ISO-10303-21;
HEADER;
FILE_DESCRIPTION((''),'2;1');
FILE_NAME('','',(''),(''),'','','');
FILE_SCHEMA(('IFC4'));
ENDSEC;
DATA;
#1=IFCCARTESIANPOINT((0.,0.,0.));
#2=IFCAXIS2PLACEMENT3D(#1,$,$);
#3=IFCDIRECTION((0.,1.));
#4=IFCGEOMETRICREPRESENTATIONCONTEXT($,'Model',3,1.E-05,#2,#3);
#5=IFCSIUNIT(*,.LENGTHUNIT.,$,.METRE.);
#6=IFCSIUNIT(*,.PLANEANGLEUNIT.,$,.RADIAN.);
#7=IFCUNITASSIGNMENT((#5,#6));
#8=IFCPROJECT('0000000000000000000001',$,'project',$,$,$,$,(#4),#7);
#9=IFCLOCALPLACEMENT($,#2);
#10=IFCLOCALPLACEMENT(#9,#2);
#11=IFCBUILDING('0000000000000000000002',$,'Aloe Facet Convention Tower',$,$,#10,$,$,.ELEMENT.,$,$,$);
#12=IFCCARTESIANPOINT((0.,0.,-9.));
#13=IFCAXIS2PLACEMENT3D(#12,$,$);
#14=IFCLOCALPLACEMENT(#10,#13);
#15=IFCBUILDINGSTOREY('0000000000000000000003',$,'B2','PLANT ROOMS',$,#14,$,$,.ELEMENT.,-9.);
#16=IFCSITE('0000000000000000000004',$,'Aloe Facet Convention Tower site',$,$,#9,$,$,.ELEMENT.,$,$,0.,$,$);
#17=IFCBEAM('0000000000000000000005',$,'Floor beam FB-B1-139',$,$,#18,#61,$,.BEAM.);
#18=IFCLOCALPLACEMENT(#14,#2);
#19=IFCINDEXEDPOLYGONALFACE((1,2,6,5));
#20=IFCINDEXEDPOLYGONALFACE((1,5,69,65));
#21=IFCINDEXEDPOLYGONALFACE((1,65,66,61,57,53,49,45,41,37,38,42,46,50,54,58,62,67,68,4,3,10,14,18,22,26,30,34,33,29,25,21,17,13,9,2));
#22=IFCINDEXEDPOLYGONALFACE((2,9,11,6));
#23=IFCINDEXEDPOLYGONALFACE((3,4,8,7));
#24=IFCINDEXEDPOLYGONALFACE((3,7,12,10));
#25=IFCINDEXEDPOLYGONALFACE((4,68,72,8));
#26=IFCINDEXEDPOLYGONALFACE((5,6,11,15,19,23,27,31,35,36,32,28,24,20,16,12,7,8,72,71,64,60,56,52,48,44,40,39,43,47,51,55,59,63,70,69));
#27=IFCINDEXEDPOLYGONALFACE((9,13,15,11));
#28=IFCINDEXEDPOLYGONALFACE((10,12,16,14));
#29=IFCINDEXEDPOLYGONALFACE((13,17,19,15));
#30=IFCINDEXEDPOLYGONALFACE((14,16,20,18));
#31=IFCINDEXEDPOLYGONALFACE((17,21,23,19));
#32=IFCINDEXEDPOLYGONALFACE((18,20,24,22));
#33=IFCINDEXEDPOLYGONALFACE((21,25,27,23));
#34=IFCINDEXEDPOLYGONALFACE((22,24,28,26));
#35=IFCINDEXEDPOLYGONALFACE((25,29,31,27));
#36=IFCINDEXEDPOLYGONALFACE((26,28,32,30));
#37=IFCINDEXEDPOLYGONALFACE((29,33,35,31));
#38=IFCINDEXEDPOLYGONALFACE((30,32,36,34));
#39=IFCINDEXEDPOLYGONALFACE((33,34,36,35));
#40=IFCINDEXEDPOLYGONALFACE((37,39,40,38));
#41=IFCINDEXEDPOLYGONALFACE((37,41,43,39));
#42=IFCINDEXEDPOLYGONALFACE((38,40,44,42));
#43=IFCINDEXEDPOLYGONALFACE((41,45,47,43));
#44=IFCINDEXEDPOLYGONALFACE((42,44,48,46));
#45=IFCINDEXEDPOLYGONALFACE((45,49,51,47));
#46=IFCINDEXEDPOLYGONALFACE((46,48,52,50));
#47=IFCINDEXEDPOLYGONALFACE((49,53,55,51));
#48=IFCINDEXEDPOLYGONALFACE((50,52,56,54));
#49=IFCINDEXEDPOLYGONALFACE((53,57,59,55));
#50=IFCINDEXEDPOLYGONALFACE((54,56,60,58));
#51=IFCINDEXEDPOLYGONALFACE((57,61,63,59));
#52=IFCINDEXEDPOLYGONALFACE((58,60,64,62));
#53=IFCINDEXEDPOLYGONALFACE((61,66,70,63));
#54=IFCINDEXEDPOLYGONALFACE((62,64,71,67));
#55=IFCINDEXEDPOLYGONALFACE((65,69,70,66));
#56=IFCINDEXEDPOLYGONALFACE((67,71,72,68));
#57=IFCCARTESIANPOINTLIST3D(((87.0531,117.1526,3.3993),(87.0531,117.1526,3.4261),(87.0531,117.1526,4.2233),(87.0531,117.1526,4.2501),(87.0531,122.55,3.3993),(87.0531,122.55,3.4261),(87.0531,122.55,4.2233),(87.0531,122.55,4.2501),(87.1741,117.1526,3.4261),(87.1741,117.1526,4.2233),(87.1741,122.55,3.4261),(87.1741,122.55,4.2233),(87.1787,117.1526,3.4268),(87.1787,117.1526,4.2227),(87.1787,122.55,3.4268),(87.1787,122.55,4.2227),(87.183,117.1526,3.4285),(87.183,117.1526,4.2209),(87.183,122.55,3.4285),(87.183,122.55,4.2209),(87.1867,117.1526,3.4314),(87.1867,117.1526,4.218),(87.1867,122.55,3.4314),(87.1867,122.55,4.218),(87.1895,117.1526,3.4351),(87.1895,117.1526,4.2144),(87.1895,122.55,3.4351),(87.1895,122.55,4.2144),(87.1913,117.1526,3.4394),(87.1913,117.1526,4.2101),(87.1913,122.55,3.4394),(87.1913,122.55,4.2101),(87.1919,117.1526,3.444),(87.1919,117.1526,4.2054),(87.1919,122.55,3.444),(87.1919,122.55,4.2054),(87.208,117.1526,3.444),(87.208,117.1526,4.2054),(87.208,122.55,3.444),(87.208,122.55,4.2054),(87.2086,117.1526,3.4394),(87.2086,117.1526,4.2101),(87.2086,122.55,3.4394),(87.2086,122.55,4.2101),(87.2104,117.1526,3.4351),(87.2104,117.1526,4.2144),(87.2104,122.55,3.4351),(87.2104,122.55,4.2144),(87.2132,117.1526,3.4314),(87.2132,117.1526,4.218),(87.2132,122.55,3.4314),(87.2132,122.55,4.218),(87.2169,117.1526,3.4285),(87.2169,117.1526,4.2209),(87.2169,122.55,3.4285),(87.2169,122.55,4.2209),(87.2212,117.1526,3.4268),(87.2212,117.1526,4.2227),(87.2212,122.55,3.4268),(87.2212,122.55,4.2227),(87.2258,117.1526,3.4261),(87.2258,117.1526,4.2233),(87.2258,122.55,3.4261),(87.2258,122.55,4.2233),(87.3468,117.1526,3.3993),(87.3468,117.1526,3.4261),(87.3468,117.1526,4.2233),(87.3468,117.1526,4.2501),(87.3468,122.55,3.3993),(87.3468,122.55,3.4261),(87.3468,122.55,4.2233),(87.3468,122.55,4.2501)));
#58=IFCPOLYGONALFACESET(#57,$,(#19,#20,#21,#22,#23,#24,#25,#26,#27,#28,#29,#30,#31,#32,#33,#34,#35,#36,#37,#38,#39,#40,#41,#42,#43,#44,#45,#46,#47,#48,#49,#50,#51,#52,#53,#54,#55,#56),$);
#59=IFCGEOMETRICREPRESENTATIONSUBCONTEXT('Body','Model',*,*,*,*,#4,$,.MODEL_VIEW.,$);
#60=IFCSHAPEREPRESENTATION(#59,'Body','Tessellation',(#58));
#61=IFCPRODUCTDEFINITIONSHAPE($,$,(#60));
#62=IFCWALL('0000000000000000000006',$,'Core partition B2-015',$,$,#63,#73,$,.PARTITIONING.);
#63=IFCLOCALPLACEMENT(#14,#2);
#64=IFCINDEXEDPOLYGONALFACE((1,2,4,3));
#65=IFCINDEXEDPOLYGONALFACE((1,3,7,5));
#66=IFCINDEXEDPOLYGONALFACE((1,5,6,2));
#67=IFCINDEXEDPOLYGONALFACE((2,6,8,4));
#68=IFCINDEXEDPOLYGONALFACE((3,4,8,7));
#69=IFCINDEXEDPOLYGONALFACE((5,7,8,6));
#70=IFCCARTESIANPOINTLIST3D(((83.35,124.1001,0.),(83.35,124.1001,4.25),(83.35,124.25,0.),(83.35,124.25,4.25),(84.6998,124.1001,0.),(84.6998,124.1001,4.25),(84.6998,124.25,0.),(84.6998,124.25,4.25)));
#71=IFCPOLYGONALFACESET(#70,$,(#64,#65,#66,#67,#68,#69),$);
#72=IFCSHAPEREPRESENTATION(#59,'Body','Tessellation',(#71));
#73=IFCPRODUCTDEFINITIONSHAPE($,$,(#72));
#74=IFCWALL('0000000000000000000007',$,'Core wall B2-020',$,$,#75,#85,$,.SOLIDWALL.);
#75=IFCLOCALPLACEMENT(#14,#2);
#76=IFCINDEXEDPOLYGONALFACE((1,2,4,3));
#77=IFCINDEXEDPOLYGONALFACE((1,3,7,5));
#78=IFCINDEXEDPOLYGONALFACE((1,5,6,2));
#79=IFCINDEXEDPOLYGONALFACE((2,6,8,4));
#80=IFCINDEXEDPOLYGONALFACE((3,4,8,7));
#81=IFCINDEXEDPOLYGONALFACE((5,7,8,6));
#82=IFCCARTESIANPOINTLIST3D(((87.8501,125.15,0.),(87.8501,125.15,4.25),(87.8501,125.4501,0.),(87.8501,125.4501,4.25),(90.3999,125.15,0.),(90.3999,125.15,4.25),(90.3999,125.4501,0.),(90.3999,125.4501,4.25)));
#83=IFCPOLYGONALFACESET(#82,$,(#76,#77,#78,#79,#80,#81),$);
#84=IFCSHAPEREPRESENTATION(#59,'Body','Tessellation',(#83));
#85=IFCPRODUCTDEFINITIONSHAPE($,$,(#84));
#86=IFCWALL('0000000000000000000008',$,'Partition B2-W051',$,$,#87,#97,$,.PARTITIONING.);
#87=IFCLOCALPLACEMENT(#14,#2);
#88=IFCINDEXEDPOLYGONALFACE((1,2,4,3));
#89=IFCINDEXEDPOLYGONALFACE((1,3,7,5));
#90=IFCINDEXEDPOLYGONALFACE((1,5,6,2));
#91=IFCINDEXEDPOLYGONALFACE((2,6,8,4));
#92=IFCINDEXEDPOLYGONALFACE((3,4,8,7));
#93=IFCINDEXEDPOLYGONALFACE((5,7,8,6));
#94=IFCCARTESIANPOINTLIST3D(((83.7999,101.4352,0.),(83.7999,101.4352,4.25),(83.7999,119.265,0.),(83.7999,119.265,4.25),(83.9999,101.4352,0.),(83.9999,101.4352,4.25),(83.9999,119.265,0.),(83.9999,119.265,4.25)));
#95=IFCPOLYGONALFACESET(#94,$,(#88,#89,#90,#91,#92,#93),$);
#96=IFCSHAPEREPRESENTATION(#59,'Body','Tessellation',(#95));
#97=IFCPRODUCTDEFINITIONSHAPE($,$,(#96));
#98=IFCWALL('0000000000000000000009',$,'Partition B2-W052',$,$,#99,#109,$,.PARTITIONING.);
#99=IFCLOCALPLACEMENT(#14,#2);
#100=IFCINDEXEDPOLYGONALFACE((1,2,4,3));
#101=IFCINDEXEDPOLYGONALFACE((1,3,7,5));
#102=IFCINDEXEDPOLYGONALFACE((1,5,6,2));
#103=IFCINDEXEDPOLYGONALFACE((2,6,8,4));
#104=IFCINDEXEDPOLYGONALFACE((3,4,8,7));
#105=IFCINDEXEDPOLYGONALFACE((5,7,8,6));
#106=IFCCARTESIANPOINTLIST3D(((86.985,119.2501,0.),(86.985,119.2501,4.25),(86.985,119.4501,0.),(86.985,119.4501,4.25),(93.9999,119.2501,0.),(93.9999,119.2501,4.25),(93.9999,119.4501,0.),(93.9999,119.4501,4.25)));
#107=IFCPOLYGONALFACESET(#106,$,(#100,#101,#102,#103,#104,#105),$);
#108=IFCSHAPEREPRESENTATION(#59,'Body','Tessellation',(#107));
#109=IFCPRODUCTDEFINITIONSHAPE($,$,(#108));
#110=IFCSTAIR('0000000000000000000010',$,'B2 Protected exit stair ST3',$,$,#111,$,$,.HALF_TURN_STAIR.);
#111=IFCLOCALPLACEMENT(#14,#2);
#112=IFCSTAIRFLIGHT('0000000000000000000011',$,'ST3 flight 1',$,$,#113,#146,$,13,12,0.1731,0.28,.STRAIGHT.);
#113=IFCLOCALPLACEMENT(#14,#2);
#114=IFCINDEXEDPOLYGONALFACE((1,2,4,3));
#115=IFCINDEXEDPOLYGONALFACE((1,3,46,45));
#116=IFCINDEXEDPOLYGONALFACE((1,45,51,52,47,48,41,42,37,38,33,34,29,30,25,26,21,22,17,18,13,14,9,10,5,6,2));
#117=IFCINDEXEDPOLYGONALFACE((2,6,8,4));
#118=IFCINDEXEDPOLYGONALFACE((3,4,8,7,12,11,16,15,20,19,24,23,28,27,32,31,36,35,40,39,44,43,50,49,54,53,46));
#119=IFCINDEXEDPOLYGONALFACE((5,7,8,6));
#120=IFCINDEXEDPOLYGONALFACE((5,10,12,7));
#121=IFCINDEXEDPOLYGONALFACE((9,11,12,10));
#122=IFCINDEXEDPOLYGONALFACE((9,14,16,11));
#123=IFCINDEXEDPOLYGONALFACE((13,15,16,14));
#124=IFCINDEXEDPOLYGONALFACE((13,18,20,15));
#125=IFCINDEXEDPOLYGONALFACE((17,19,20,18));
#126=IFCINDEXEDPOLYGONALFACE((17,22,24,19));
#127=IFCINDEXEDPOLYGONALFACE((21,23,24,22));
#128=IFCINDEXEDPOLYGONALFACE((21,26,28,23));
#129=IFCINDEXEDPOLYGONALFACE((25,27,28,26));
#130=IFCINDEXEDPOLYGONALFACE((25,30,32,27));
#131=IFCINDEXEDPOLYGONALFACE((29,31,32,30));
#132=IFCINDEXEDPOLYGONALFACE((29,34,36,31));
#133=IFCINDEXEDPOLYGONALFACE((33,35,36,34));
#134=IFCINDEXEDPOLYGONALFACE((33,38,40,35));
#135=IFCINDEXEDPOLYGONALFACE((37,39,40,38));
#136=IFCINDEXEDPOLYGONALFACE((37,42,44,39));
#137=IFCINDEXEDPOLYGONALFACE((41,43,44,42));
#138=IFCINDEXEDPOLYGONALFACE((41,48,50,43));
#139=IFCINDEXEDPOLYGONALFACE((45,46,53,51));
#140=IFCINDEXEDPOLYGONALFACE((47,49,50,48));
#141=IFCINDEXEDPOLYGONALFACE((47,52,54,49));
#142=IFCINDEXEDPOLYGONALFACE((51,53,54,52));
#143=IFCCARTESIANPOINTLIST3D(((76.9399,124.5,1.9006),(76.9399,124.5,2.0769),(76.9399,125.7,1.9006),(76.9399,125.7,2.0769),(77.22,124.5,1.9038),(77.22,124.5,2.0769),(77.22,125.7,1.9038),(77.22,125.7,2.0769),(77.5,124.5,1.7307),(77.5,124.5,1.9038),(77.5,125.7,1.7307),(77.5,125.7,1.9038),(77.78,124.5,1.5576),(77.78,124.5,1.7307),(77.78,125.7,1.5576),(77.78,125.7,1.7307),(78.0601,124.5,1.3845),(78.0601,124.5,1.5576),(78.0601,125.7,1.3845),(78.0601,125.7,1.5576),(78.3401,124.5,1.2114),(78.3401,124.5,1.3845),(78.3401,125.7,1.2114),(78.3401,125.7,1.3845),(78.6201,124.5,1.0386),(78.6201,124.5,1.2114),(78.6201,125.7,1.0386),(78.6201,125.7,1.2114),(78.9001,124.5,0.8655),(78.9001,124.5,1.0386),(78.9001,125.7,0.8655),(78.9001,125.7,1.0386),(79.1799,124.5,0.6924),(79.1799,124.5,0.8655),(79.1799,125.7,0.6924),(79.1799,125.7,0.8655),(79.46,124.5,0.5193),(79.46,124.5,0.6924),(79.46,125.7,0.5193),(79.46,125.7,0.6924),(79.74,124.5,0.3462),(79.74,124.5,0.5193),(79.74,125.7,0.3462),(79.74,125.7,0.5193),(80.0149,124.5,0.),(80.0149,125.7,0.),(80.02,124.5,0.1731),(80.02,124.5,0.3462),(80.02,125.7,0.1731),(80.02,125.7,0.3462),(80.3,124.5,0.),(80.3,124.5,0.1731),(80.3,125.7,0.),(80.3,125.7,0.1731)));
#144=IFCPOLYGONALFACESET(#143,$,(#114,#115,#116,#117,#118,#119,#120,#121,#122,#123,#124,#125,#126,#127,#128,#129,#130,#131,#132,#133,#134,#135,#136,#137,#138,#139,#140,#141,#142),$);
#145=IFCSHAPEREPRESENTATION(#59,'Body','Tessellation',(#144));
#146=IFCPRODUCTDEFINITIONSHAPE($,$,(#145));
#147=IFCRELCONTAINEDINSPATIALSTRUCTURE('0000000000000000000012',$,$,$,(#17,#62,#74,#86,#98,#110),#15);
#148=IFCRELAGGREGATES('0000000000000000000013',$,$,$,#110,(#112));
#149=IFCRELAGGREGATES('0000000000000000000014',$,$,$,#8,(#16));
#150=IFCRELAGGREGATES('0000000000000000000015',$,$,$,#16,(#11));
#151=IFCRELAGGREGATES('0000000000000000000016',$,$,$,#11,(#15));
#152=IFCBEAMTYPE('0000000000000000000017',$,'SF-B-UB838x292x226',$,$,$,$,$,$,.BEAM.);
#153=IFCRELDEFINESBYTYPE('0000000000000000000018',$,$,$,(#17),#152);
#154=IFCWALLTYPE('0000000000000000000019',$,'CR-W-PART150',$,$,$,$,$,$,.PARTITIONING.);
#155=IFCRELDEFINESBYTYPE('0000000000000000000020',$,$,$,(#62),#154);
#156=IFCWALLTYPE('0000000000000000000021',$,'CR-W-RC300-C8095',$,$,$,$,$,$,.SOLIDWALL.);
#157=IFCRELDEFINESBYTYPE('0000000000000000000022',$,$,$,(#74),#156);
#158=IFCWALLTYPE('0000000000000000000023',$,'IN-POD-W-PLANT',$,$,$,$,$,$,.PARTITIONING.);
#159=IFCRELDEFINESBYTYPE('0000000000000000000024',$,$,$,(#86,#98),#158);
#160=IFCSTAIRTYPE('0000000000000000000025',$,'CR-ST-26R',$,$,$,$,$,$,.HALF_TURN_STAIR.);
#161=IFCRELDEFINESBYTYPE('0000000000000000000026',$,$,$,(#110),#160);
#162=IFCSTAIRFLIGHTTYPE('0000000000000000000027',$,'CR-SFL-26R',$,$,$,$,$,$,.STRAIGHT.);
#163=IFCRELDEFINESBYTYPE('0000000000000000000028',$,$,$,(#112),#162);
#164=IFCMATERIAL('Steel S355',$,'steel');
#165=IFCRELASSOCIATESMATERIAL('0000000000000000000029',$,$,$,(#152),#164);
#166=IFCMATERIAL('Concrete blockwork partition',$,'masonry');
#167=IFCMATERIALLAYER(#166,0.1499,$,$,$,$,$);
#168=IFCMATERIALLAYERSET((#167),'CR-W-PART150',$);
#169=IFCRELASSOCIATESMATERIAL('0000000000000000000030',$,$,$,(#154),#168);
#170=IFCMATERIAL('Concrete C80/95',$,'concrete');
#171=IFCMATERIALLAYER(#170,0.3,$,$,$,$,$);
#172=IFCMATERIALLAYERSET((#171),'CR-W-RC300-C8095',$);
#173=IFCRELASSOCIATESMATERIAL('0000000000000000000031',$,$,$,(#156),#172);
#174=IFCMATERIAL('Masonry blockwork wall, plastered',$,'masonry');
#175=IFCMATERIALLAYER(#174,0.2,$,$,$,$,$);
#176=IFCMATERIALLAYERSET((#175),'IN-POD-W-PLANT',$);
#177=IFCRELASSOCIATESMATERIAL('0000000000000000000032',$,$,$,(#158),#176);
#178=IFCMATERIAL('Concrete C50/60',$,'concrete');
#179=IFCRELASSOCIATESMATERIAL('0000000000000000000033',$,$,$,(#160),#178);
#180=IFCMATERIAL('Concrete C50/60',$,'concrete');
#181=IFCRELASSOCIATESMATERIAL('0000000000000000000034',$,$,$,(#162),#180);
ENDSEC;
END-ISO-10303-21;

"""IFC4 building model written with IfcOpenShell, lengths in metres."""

from ifc_helpers import new_model, si_unit, direction, frame, frame_2d, origin, origin_2d, place, context, subcontext, project, spatial, polyline, rectangle, i_section, outline, extrude, material, layer, layer_set, material_profile, profile_set, type_object, element, aggregate, save


model = new_model("IFC4")

# Units and contexts
model_context = context("Model", 3, precision=1e-05, world=origin(), true_north=direction((0.0, 1.0)))
body_context = subcontext(model_context, "Body", "Model", "MODEL_VIEW")
ifc_project = project(units=[si_unit("LENGTHUNIT", "METRE"), si_unit("PLANEANGLEUNIT", "RADIAN")], contexts=[model_context])

# Site, building, storey
site_placement = place(None, origin())
site = spatial("IfcSite", under=ifc_project, at=site_placement, Name="Aloe Facet Convention Tower site", CompositionType="ELEMENT", RefElevation=0.0)
building_placement = place(site_placement, origin())
building = spatial("IfcBuilding", under=site, at=building_placement, Name="Aloe Facet Convention Tower", CompositionType="ELEMENT")
storey_placement = place(building_placement, frame((0.0, 0.0, -9.0)))
storey = spatial("IfcBuildingStorey", under=building, at=storey_placement, Name="B2", Description="PLANT ROOMS", CompositionType="ELEMENT", Elevation=-9.0)

# Beam
ifc_material_1 = material(Name="Steel S355", Category="steel")
ifc_material_profile_1 = material_profile(ifc_material_1, i_section(OverallWidth=0.2937, OverallDepth=0.8508, WebThickness=0.0161, FlangeThickness=0.0269, FilletRadius=0.0178, at=origin_2d()), Name="UB 838x292x226")
ifc_profile_set_1 = profile_set([ifc_material_profile_1], Name="Steel S355")
beam_type_1 = type_object("IfcBeamType", Name="SF-B-UB838x292x226", PredefinedType="BEAM", material=ifc_profile_set_1)
for number, where, z_axis, x_axis, name in (
    (1, (87.2, 117.1526, 3.8247), (0.0, 1.0, 0.0), (-1.0, 0.0, 0.0), "Floor beam FB-B1-139"),
):
    element("IfcBeam", number, at=place(storey_placement, frame(where, z_axis=z_axis, x_axis=x_axis)), inside=storey, type_object=beam_type_1, Name=name, PredefinedType="BEAM", context=body_context, shape_type="SweptSolid", body=[
        extrude(i_section(OverallWidth=0.2937, OverallDepth=0.8508, WebThickness=0.0161, FlangeThickness=0.0269, FilletRadius=0.0178, at=origin_2d()), origin(), (0.0, 0.0, 1.0), 5.3975),
    ])

# Walls
ifc_material_2 = material(Name="Concrete blockwork partition", Category="masonry")
ifc_layer_1 = layer(ifc_material_2, 0.1499)
ifc_layer_set_1 = layer_set([ifc_layer_1], Name="CR-W-PART150")
wall_type_1 = type_object("IfcWallType", Name="CR-W-PART150", PredefinedType="PARTITIONING", material=ifc_layer_set_1)
wall_1_placement = place(storey_placement, frame((83.3501, 124.175, 0.0), z_axis=(0.0, 0.0, 1.0), x_axis=(1.0, 0.0, 0.0)))
element("IfcWall", 2, at=wall_1_placement, inside=storey, type_object=wall_type_1, Name="Core partition B2-015", PredefinedType="PARTITIONING", context=body_context, shape_type="SweptSolid", body=[
    extrude(rectangle(XDim=1.3499, YDim=0.1499, at=frame_2d((0.6748, 0.0))), origin(), (0.0, 0.0, 1.0), 4.25),
])
ifc_material_3 = material(Name="Concrete C80/95", Category="concrete")
ifc_layer_2 = layer(ifc_material_3, 0.3)
ifc_layer_set_2 = layer_set([ifc_layer_2], Name="CR-W-RC300-C8095")
wall_type_2 = type_object("IfcWallType", Name="CR-W-RC300-C8095", PredefinedType="SOLIDWALL", material=ifc_layer_set_2)
wall_2_placement = place(storey_placement, frame((87.8501, 125.3, 0.0), z_axis=(0.0, 0.0, 1.0), x_axis=(1.0, 0.0, 0.0)))
element("IfcWall", 3, at=wall_2_placement, inside=storey, type_object=wall_type_2, Name="Core wall B2-020", PredefinedType="SOLIDWALL", context=body_context, shape_type="SweptSolid", body=[
    extrude(rectangle(XDim=2.5498, YDim=0.3, at=frame_2d((1.2749, 0.0))), origin(), (0.0, 0.0, 1.0), 4.25),
])
ifc_material_4 = material(Name="Masonry blockwork wall, plastered", Category="masonry")
ifc_layer_3 = layer(ifc_material_4, 0.2)
ifc_layer_set_3 = layer_set([ifc_layer_3], Name="IN-POD-W-PLANT")
wall_type_3 = type_object("IfcWallType", Name="IN-POD-W-PLANT", PredefinedType="PARTITIONING", material=ifc_layer_set_3)
wall_3_placement = place(storey_placement, frame((83.8999, 101.4351, 0.0), z_axis=(0.0, 0.0, 1.0), x_axis=(0.0, 1.0, 0.0)))
element("IfcWall", 4, at=wall_3_placement, inside=storey, type_object=wall_type_3, Name="Partition B2-W051", PredefinedType="PARTITIONING", context=body_context, shape_type="SweptSolid", body=[
    extrude(rectangle(XDim=17.8298, YDim=0.2, at=frame_2d((8.915, 0.0))), origin(), (0.0, 0.0, 1.0), 4.25),
])
wall_4_placement = place(storey_placement, frame((86.9851, 119.3501, 0.0), z_axis=(0.0, 0.0, 1.0), x_axis=(1.0, 0.0, 0.0)))
element("IfcWall", 5, at=wall_4_placement, inside=storey, type_object=wall_type_3, Name="Partition B2-W052", PredefinedType="PARTITIONING", context=body_context, shape_type="SweptSolid", body=[
    extrude(rectangle(XDim=7.0149, YDim=0.2, at=frame_2d((3.5073, 0.0))), origin(), (0.0, 0.0, 1.0), 4.25),
])

# Stair, stair flight
ifc_material_5 = material(Name="Concrete C50/60", Category="concrete")
stair_type = type_object("IfcStairType", Name="CR-ST-26R", PredefinedType="HALF_TURN_STAIR", material=ifc_material_5)
stair_placement = place(storey_placement, origin())
stair = element("IfcStair", 6, at=stair_placement, inside=storey, type_object=stair_type, Name="B2 Protected exit stair ST3", PredefinedType="HALF_TURN_STAIR")
ifc_material_6 = material(Name="Concrete C50/60", Category="concrete")
stair_flight_type = type_object("IfcStairFlightType", Name="CR-SFL-26R", PredefinedType="STRAIGHT", material=ifc_material_6)
stair_flight_placement = place(storey_placement, frame((80.3, 125.1001, 0.0), z_axis=(0.0, 0.0, 1.0), x_axis=(-1.0, 0.0, 0.0)))
stair_flight = element("IfcStairFlight", 7, at=stair_flight_placement, type_object=stair_flight_type, Name="ST3 flight 1", NumberOfRisers=13, NumberOfTreads=12, PredefinedType="STRAIGHT", RiserHeight=0.1731, TreadLength=0.28, context=body_context, shape_type="SweptSolid", body=[
    extrude(outline(polyline([(0.0, 0.0), (0.0, 0.1731), (0.28, 0.1731), (0.28, 0.3462), (0.5601, 0.3462), (0.5601, 0.5193), (0.8401, 0.5193), (0.8401, 0.6924), (1.1201, 0.6924), (1.1201, 0.8655), (1.3999, 0.8655), (1.3999, 1.0386), (1.6799, 1.0386), (1.6799, 1.2114), (1.96, 1.2114), (1.96, 1.3845), (2.24, 1.3845), (2.24, 1.5576), (2.52, 1.5576), (2.52, 1.7307), (2.8, 1.7307), (2.8, 1.9038), (3.0801, 1.9038), (3.0801, 2.0769), (3.3601, 2.0769), (3.3601, 2.25), (3.3601, 1.9006), (0.2852, 0.0), (0.0, 0.0)])), frame((0.0, 0.6001, 0.0), z_axis=(0.0, -1.0, 0.0), x_axis=(1.0, 0.0, 0.0)), (0.0, 0.0, 1.0), 1.2),
])
aggregate(stair, [stair_flight])

save(model, "model.ifc")
